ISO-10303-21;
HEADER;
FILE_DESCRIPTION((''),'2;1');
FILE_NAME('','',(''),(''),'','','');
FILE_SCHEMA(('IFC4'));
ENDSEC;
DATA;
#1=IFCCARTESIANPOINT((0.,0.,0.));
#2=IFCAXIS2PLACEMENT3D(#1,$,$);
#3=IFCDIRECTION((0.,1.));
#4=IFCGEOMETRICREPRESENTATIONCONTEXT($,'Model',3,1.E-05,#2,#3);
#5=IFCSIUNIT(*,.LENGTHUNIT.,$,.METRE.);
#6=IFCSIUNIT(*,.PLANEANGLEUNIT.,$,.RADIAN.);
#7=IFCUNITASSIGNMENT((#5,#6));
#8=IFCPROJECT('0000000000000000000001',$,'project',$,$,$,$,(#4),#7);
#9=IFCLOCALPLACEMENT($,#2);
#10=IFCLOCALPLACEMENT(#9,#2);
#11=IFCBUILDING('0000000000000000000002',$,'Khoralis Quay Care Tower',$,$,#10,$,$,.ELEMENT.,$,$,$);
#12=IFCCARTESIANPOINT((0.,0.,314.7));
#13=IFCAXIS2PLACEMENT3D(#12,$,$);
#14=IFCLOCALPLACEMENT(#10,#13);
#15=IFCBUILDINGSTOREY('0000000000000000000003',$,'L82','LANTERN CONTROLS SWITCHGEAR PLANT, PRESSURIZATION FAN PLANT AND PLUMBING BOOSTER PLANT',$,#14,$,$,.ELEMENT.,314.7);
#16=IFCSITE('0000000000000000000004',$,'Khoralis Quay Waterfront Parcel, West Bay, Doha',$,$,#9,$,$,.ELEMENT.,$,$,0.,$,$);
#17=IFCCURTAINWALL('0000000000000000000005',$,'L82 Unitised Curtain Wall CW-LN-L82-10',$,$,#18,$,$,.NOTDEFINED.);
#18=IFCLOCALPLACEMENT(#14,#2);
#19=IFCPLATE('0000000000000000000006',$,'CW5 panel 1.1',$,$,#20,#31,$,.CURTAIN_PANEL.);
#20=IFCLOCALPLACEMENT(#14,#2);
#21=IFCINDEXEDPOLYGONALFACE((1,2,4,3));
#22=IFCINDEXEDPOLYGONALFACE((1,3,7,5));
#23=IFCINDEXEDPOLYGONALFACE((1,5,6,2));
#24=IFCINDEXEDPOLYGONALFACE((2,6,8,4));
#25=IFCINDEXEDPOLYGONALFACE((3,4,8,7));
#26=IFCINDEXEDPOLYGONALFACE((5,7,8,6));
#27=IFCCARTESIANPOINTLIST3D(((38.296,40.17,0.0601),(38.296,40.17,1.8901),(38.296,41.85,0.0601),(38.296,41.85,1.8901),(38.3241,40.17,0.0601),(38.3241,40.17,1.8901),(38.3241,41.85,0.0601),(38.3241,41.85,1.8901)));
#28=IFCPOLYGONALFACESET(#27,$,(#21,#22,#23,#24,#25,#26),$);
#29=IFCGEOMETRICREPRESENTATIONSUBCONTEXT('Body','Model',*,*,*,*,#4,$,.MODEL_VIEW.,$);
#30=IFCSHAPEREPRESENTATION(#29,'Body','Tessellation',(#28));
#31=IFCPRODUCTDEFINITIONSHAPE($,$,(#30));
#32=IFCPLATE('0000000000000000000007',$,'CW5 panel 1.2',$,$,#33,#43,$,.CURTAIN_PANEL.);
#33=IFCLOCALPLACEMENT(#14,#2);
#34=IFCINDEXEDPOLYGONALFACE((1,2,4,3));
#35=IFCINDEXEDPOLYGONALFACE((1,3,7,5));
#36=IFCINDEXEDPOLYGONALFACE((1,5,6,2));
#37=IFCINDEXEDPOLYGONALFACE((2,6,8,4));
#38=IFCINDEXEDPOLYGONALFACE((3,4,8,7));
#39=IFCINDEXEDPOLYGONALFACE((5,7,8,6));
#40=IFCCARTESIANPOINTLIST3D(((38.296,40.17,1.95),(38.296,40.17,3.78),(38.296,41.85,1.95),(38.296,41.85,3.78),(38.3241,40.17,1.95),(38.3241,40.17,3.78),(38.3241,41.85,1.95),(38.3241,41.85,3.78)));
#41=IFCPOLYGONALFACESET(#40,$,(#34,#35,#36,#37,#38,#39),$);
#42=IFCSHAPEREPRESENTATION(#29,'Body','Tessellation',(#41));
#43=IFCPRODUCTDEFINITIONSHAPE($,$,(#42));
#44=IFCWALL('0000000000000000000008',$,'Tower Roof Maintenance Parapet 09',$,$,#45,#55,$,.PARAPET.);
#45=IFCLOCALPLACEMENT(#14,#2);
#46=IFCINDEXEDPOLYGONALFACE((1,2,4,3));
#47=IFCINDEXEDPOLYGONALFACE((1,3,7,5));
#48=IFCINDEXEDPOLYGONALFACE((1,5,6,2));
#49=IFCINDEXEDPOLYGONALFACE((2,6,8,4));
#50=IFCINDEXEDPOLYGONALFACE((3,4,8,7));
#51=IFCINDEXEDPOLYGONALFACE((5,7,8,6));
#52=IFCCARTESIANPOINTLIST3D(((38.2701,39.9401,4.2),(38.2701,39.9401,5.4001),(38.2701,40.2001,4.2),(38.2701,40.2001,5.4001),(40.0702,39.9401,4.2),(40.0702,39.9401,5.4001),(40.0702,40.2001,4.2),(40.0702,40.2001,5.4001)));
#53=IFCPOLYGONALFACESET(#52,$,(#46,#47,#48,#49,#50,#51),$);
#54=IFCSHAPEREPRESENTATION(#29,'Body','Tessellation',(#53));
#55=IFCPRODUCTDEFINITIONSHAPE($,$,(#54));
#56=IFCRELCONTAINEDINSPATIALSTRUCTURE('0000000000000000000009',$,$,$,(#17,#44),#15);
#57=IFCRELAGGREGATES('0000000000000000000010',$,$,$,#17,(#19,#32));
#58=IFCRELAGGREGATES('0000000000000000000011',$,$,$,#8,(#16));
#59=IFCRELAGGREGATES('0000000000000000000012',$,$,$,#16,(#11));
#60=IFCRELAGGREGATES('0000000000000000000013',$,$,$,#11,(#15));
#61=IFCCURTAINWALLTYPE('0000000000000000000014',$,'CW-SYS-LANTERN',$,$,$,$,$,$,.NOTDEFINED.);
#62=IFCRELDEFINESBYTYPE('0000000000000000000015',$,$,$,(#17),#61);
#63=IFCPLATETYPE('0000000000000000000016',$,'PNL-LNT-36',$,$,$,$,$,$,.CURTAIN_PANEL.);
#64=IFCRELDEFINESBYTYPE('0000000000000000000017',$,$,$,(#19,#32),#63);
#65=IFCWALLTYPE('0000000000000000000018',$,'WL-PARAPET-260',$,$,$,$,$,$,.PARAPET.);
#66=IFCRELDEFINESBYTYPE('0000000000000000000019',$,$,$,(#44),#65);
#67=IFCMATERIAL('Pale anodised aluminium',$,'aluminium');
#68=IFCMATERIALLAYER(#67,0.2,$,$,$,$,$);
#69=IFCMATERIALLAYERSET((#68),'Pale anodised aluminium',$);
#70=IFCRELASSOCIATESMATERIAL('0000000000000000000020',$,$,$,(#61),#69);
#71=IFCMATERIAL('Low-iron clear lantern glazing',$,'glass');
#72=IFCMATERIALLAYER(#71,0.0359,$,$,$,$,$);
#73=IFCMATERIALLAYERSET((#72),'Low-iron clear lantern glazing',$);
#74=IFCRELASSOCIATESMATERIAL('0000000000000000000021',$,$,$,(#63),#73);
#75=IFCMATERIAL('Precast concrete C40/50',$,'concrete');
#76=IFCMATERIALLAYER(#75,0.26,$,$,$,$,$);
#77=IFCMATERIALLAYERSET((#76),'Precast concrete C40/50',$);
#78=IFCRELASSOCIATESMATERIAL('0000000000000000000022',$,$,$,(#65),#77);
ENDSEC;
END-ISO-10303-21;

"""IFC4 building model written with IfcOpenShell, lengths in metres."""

from ifc_helpers import new_model, si_unit, direction, frame, frame_2d, origin, origin_2d, place, context, subcontext, project, spatial, rectangle, extrude, source, transform, mapped, material, layer, layer_set, type_object, element, aggregate, save


model = new_model("IFC4")

# Units and contexts
model_context = context("Model", 3, precision=1e-05, world=origin(), true_north=direction((0.0, 1.0)))
body_context = subcontext(model_context, "Body", "Model", "MODEL_VIEW")
ifc_project = project(units=[si_unit("LENGTHUNIT", "METRE"), si_unit("PLANEANGLEUNIT", "RADIAN")], contexts=[model_context])

# Site, building, storey
site_placement = place(None, origin())
site = spatial("IfcSite", under=ifc_project, at=site_placement, Name="Khoralis Quay Waterfront Parcel, West Bay, Doha", CompositionType="ELEMENT", RefElevation=0.0)
building_placement = place(site_placement, origin())
building = spatial("IfcBuilding", under=site, at=building_placement, Name="Khoralis Quay Care Tower", CompositionType="ELEMENT")
storey_placement = place(building_placement, frame((0.0, 0.0, 314.7)))
storey = spatial("IfcBuildingStorey", under=building, at=storey_placement, Name="L82", Description="LANTERN CONTROLS SWITCHGEAR PLANT, PRESSURIZATION FAN PLANT AND PLUMBING BOOSTER PLANT", CompositionType="ELEMENT", Elevation=314.7)

# Curtain wall
ifc_material_1 = material(Name="Pale anodised aluminium", Category="aluminium")
ifc_layer_1 = layer(ifc_material_1, 0.2)
ifc_layer_set_1 = layer_set([ifc_layer_1], Name="Pale anodised aluminium")
curtain_wall_type = type_object("IfcCurtainWallType", Name="CW-SYS-LANTERN", PredefinedType="NOTDEFINED", material=ifc_layer_set_1)
curtain_wall_1_placement = place(storey_placement, origin())
curtain_wall_1 = element("IfcCurtainWall", 1, at=curtain_wall_1_placement, inside=storey, type_object=curtain_wall_type, Name="L82 Unitised Curtain Wall CW-LN-L82-10", PredefinedType="NOTDEFINED")

# Plates
ifc_material_2 = material(Name="Low-iron clear lantern glazing", Category="glass")
ifc_layer_2 = layer(ifc_material_2, 0.0359)
ifc_layer_set_2 = layer_set([ifc_layer_2], Name="Low-iron clear lantern glazing")
plate_type = type_object("IfcPlateType", Name="PNL-LNT-36", PredefinedType="CURTAIN_PANEL", material=ifc_layer_set_2)
shared_shape_1 = source(origin(), body_context, "Body", "SweptSolid", [
    extrude(rectangle(XDim=1.6799, YDim=0.0281, at=origin_2d()), origin(), (0.0, 0.0, 1.0), 1.8301),
])
plate_1_placement = place(storey_placement, frame((38.3101, 41.01, 0.0601), z_axis=(0.0, 0.0, 1.0), x_axis=(0.0, 1.0, 0.0)))
plate_1 = element("IfcPlate", 2, at=plate_1_placement, type_object=plate_type, Name="CW5 panel 1.1", PredefinedType="CURTAIN_PANEL", context=body_context, shape_type="MappedRepresentation", body=[
    mapped(shared_shape_1, transform((0.0, 0.0, 0.0), scale=1.0)),
])
plate_2_placement = place(storey_placement, frame((38.3101, 41.01, 1.95), z_axis=(0.0, 0.0, 1.0), x_axis=(0.0, 1.0, 0.0)))
plate_2 = element("IfcPlate", 3, at=plate_2_placement, type_object=plate_type, Name="CW5 panel 1.2", PredefinedType="CURTAIN_PANEL", context=body_context, shape_type="MappedRepresentation", body=[
    mapped(shared_shape_1, transform((0.0, 0.0, 0.0), scale=1.0)),
])
aggregate(curtain_wall_1, [plate_1, plate_2])

# Wall
ifc_material_3 = material(Name="Precast concrete C40/50", Category="concrete")
ifc_layer_3 = layer(ifc_material_3, 0.26)
ifc_layer_set_3 = layer_set([ifc_layer_3], Name="Precast concrete C40/50")
wall_type = type_object("IfcWallType", Name="WL-PARAPET-260", PredefinedType="PARAPET", material=ifc_layer_set_3)
wall_placement = place(storey_placement, frame((40.0701, 40.0701, 4.2), z_axis=(0.0, 0.0, 1.0), x_axis=(-1.0, 0.0, 0.0)))
element("IfcWall", 4, at=wall_placement, inside=storey, type_object=wall_type, Name="Tower Roof Maintenance Parapet 09", PredefinedType="PARAPET", context=body_context, shape_type="SweptSolid", body=[
    extrude(rectangle(XDim=1.8, YDim=0.26, at=frame_2d((0.8999, 0.0))), origin(), (0.0, 0.0, 1.0), 1.2002),
])

save(model, "model.ifc")
